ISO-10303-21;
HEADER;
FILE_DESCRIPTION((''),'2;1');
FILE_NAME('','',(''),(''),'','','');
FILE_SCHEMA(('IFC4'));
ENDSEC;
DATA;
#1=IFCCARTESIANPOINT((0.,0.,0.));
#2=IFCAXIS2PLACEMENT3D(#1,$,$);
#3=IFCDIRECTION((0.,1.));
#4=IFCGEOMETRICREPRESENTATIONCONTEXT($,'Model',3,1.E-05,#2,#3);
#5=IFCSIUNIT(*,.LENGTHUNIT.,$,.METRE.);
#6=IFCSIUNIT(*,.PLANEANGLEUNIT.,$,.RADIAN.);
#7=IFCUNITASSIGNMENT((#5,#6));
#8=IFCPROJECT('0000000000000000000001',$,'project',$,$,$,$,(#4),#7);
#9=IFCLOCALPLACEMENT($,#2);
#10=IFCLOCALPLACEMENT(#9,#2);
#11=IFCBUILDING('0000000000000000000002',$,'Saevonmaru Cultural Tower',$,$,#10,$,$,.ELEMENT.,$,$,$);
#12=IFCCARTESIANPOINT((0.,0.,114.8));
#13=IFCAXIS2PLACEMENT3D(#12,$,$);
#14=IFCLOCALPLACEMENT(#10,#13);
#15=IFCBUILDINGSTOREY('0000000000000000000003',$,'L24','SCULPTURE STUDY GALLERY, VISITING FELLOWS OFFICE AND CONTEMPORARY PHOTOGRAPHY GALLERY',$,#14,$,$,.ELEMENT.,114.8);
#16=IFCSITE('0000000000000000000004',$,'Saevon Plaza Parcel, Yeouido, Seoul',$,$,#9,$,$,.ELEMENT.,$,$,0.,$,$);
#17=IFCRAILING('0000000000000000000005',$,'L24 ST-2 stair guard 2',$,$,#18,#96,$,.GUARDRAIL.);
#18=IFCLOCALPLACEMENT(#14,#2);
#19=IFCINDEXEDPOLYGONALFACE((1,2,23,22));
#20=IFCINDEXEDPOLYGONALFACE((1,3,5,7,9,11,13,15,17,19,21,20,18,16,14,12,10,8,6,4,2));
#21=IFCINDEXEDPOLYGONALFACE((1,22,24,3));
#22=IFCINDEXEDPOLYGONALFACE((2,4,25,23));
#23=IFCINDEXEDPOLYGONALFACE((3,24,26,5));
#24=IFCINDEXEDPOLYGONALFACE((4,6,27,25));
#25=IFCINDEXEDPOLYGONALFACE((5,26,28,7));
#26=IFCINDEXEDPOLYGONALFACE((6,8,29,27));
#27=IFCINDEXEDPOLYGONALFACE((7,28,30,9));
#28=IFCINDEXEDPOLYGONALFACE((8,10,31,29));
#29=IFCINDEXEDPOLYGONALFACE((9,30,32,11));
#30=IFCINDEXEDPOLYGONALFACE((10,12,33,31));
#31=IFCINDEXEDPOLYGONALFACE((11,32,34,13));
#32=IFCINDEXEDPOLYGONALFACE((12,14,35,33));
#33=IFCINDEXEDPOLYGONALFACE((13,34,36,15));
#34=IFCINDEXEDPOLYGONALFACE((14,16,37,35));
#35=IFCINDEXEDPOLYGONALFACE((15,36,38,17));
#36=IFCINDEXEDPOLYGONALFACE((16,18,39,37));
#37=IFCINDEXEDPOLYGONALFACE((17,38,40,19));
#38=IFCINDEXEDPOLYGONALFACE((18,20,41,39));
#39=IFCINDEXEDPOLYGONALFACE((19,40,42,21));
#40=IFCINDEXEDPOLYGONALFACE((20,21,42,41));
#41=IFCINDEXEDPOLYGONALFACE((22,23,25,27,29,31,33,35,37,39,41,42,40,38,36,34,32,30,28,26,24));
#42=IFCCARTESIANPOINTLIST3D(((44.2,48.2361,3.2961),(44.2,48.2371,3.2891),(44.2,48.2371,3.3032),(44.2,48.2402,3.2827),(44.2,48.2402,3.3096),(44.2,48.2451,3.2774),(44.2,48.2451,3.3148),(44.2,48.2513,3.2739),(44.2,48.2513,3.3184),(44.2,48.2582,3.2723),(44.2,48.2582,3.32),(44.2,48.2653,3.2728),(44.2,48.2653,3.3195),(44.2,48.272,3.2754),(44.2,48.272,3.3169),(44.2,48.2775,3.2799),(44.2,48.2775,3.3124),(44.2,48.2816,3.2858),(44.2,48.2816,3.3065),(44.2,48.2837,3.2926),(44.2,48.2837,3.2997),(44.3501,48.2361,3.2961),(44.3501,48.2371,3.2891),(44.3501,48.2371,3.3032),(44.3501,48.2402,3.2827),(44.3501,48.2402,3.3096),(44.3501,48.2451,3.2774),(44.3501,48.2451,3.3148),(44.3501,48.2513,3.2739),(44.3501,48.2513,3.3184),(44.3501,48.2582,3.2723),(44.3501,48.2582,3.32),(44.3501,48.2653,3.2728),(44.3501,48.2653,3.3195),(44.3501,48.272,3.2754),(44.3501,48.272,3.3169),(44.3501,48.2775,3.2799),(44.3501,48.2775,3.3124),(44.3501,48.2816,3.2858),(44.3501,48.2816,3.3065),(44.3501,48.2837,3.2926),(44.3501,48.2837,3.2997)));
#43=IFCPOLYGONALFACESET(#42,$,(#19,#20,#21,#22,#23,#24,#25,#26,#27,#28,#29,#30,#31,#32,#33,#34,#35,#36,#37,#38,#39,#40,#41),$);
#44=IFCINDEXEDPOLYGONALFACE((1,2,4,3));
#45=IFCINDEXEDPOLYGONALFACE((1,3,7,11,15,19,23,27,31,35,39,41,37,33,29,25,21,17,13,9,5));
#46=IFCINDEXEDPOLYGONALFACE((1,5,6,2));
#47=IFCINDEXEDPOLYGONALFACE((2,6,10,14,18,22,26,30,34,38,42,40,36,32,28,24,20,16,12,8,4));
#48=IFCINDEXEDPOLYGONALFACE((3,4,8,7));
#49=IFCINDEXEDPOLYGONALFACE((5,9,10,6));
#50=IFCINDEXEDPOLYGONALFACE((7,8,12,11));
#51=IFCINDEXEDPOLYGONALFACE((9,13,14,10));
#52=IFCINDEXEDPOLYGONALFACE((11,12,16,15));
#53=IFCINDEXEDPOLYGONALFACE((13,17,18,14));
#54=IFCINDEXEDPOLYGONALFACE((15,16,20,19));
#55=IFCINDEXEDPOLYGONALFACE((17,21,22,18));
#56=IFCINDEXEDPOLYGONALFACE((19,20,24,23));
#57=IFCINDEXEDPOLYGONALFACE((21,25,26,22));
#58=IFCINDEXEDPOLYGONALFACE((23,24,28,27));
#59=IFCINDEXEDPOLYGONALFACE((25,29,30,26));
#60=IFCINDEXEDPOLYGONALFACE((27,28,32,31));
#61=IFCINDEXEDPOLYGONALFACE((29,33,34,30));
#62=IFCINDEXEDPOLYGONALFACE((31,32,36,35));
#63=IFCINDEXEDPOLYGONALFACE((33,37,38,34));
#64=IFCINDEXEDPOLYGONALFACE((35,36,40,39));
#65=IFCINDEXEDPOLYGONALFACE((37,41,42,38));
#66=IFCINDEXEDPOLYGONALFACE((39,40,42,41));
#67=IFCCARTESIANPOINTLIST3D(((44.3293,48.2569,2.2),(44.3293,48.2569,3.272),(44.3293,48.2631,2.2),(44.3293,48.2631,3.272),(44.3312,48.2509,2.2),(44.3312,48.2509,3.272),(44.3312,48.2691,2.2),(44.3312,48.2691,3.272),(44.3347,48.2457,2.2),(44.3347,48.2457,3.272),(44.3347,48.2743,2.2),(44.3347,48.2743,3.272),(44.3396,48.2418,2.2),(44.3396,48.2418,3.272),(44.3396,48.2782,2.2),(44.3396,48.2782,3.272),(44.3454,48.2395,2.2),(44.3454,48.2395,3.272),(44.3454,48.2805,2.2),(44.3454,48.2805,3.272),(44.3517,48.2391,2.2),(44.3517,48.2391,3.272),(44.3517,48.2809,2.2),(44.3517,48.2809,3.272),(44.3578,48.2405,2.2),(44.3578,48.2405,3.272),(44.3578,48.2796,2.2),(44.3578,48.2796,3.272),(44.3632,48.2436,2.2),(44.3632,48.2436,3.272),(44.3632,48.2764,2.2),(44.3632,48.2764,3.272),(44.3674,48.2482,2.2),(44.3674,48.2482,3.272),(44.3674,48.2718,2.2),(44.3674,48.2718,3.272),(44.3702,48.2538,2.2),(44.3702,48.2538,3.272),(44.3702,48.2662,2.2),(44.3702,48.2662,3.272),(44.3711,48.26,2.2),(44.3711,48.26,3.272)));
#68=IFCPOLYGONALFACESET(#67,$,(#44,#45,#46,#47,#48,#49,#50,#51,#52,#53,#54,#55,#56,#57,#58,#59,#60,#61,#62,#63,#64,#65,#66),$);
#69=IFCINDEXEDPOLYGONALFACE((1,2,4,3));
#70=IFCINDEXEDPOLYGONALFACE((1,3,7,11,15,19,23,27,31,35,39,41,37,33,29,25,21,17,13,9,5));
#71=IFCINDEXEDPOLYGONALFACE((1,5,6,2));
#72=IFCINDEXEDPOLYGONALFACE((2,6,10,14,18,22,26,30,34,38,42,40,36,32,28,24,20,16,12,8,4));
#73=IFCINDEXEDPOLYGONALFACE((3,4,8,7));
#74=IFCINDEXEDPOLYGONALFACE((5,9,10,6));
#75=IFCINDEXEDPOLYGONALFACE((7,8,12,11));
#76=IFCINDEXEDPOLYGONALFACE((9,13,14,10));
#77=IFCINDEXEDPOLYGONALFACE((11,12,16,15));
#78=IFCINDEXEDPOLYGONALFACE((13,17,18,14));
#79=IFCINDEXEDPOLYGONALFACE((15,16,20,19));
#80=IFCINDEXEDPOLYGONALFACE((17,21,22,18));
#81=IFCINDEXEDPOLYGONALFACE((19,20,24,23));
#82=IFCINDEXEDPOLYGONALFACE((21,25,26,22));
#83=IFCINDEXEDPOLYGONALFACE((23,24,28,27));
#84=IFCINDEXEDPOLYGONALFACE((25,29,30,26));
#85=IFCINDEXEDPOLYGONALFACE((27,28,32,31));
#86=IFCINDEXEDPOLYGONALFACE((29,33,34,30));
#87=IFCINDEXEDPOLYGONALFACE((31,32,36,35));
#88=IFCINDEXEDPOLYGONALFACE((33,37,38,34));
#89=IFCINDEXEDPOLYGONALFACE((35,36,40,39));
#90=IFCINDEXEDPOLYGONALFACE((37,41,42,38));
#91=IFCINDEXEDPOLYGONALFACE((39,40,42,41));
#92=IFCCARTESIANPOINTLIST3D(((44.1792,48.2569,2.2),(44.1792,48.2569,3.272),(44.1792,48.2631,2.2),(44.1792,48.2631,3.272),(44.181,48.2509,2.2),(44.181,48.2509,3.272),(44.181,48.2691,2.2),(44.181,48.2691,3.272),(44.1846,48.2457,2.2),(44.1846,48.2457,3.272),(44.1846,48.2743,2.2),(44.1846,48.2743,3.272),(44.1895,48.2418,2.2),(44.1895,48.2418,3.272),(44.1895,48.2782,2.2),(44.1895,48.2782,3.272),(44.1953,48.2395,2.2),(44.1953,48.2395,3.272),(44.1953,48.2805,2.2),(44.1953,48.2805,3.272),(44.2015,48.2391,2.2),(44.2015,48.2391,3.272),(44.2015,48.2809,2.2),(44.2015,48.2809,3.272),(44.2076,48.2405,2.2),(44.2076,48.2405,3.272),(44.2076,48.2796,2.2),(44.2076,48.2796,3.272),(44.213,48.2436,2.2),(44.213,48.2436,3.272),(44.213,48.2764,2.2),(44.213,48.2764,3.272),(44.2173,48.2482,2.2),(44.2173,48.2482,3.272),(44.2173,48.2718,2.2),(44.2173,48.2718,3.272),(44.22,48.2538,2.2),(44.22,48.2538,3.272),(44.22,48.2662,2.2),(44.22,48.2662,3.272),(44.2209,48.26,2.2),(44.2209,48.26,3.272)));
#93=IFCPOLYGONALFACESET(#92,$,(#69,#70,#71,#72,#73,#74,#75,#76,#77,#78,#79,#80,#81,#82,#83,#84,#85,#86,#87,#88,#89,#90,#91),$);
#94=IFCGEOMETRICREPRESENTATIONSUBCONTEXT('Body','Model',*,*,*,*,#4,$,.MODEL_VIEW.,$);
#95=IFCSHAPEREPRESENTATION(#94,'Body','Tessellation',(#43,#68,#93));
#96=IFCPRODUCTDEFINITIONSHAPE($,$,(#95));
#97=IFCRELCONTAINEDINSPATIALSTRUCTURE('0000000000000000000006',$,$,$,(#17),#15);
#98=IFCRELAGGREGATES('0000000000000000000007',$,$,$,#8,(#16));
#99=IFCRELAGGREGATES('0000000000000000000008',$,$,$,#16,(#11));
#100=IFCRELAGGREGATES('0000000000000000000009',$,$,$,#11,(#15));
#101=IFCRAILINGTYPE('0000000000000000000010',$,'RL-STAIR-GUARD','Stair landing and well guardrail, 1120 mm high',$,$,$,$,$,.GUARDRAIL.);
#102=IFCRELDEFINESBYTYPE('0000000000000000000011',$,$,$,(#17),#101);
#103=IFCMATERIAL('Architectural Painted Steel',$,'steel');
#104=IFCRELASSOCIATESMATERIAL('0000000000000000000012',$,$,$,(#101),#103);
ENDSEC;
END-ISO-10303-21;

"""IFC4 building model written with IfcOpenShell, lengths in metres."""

from ifc_helpers import new_model, si_unit, direction, frame, origin, origin_2d, place, context, subcontext, project, spatial, circle, extrude, material, type_object, element, save


model = new_model("IFC4")

# Units and contexts
model_context = context("Model", 3, precision=1e-05, world=origin(), true_north=direction((0.0, 1.0)))
body_context = subcontext(model_context, "Body", "Model", "MODEL_VIEW")
ifc_project = project(units=[si_unit("LENGTHUNIT", "METRE"), si_unit("PLANEANGLEUNIT", "RADIAN")], contexts=[model_context])

# Site, building, storey
site_placement = place(None, origin())
site = spatial("IfcSite", under=ifc_project, at=site_placement, Name="Saevon Plaza Parcel, Yeouido, Seoul", CompositionType="ELEMENT", RefElevation=0.0)
building_placement = place(site_placement, origin())
building = spatial("IfcBuilding", under=site, at=building_placement, Name="Saevonmaru Cultural Tower", CompositionType="ELEMENT")
storey_placement = place(building_placement, frame((0.0, 0.0, 114.8)))
storey = spatial("IfcBuildingStorey", under=building, at=storey_placement, Name="L24", Description="SCULPTURE STUDY GALLERY, VISITING FELLOWS OFFICE AND CONTEMPORARY PHOTOGRAPHY GALLERY", CompositionType="ELEMENT", Elevation=114.8)

# Railing
ifc_material_1 = material(Name="Architectural Painted Steel", Category="steel")
railing_type_1 = type_object("IfcRailingType", Name="RL-STAIR-GUARD", Description="Stair landing and well guardrail, 1120 mm high", PredefinedType="GUARDRAIL", material=ifc_material_1)
railing_1_placement = place(storey_placement, frame((44.3501, 48.26, 2.2)))
element("IfcRailing", 1, at=railing_1_placement, inside=storey, type_object=railing_type_1, Name="L24 ST-2 stair guard 2", PredefinedType="GUARDRAIL", context=body_context, shape_type="SweptSolid", body=[
    extrude(circle(Radius=0.0239, at=origin_2d()), frame((0.0, 0.0, 1.0962), z_axis=(-1.0, 0.0, 0.0), x_axis=(0.0, -1.0, 0.0)), (0.0, 0.0, 1.0), 0.1501),
    extrude(circle(Radius=0.021, at=origin_2d()), origin(), (0.0, 0.0, 1.0), 1.072),
    extrude(circle(Radius=0.021, at=origin_2d()), frame((-0.1501, 0.0, 0.0)), (0.0, 0.0, 1.0), 1.072),
])

save(model, "model.ifc")
